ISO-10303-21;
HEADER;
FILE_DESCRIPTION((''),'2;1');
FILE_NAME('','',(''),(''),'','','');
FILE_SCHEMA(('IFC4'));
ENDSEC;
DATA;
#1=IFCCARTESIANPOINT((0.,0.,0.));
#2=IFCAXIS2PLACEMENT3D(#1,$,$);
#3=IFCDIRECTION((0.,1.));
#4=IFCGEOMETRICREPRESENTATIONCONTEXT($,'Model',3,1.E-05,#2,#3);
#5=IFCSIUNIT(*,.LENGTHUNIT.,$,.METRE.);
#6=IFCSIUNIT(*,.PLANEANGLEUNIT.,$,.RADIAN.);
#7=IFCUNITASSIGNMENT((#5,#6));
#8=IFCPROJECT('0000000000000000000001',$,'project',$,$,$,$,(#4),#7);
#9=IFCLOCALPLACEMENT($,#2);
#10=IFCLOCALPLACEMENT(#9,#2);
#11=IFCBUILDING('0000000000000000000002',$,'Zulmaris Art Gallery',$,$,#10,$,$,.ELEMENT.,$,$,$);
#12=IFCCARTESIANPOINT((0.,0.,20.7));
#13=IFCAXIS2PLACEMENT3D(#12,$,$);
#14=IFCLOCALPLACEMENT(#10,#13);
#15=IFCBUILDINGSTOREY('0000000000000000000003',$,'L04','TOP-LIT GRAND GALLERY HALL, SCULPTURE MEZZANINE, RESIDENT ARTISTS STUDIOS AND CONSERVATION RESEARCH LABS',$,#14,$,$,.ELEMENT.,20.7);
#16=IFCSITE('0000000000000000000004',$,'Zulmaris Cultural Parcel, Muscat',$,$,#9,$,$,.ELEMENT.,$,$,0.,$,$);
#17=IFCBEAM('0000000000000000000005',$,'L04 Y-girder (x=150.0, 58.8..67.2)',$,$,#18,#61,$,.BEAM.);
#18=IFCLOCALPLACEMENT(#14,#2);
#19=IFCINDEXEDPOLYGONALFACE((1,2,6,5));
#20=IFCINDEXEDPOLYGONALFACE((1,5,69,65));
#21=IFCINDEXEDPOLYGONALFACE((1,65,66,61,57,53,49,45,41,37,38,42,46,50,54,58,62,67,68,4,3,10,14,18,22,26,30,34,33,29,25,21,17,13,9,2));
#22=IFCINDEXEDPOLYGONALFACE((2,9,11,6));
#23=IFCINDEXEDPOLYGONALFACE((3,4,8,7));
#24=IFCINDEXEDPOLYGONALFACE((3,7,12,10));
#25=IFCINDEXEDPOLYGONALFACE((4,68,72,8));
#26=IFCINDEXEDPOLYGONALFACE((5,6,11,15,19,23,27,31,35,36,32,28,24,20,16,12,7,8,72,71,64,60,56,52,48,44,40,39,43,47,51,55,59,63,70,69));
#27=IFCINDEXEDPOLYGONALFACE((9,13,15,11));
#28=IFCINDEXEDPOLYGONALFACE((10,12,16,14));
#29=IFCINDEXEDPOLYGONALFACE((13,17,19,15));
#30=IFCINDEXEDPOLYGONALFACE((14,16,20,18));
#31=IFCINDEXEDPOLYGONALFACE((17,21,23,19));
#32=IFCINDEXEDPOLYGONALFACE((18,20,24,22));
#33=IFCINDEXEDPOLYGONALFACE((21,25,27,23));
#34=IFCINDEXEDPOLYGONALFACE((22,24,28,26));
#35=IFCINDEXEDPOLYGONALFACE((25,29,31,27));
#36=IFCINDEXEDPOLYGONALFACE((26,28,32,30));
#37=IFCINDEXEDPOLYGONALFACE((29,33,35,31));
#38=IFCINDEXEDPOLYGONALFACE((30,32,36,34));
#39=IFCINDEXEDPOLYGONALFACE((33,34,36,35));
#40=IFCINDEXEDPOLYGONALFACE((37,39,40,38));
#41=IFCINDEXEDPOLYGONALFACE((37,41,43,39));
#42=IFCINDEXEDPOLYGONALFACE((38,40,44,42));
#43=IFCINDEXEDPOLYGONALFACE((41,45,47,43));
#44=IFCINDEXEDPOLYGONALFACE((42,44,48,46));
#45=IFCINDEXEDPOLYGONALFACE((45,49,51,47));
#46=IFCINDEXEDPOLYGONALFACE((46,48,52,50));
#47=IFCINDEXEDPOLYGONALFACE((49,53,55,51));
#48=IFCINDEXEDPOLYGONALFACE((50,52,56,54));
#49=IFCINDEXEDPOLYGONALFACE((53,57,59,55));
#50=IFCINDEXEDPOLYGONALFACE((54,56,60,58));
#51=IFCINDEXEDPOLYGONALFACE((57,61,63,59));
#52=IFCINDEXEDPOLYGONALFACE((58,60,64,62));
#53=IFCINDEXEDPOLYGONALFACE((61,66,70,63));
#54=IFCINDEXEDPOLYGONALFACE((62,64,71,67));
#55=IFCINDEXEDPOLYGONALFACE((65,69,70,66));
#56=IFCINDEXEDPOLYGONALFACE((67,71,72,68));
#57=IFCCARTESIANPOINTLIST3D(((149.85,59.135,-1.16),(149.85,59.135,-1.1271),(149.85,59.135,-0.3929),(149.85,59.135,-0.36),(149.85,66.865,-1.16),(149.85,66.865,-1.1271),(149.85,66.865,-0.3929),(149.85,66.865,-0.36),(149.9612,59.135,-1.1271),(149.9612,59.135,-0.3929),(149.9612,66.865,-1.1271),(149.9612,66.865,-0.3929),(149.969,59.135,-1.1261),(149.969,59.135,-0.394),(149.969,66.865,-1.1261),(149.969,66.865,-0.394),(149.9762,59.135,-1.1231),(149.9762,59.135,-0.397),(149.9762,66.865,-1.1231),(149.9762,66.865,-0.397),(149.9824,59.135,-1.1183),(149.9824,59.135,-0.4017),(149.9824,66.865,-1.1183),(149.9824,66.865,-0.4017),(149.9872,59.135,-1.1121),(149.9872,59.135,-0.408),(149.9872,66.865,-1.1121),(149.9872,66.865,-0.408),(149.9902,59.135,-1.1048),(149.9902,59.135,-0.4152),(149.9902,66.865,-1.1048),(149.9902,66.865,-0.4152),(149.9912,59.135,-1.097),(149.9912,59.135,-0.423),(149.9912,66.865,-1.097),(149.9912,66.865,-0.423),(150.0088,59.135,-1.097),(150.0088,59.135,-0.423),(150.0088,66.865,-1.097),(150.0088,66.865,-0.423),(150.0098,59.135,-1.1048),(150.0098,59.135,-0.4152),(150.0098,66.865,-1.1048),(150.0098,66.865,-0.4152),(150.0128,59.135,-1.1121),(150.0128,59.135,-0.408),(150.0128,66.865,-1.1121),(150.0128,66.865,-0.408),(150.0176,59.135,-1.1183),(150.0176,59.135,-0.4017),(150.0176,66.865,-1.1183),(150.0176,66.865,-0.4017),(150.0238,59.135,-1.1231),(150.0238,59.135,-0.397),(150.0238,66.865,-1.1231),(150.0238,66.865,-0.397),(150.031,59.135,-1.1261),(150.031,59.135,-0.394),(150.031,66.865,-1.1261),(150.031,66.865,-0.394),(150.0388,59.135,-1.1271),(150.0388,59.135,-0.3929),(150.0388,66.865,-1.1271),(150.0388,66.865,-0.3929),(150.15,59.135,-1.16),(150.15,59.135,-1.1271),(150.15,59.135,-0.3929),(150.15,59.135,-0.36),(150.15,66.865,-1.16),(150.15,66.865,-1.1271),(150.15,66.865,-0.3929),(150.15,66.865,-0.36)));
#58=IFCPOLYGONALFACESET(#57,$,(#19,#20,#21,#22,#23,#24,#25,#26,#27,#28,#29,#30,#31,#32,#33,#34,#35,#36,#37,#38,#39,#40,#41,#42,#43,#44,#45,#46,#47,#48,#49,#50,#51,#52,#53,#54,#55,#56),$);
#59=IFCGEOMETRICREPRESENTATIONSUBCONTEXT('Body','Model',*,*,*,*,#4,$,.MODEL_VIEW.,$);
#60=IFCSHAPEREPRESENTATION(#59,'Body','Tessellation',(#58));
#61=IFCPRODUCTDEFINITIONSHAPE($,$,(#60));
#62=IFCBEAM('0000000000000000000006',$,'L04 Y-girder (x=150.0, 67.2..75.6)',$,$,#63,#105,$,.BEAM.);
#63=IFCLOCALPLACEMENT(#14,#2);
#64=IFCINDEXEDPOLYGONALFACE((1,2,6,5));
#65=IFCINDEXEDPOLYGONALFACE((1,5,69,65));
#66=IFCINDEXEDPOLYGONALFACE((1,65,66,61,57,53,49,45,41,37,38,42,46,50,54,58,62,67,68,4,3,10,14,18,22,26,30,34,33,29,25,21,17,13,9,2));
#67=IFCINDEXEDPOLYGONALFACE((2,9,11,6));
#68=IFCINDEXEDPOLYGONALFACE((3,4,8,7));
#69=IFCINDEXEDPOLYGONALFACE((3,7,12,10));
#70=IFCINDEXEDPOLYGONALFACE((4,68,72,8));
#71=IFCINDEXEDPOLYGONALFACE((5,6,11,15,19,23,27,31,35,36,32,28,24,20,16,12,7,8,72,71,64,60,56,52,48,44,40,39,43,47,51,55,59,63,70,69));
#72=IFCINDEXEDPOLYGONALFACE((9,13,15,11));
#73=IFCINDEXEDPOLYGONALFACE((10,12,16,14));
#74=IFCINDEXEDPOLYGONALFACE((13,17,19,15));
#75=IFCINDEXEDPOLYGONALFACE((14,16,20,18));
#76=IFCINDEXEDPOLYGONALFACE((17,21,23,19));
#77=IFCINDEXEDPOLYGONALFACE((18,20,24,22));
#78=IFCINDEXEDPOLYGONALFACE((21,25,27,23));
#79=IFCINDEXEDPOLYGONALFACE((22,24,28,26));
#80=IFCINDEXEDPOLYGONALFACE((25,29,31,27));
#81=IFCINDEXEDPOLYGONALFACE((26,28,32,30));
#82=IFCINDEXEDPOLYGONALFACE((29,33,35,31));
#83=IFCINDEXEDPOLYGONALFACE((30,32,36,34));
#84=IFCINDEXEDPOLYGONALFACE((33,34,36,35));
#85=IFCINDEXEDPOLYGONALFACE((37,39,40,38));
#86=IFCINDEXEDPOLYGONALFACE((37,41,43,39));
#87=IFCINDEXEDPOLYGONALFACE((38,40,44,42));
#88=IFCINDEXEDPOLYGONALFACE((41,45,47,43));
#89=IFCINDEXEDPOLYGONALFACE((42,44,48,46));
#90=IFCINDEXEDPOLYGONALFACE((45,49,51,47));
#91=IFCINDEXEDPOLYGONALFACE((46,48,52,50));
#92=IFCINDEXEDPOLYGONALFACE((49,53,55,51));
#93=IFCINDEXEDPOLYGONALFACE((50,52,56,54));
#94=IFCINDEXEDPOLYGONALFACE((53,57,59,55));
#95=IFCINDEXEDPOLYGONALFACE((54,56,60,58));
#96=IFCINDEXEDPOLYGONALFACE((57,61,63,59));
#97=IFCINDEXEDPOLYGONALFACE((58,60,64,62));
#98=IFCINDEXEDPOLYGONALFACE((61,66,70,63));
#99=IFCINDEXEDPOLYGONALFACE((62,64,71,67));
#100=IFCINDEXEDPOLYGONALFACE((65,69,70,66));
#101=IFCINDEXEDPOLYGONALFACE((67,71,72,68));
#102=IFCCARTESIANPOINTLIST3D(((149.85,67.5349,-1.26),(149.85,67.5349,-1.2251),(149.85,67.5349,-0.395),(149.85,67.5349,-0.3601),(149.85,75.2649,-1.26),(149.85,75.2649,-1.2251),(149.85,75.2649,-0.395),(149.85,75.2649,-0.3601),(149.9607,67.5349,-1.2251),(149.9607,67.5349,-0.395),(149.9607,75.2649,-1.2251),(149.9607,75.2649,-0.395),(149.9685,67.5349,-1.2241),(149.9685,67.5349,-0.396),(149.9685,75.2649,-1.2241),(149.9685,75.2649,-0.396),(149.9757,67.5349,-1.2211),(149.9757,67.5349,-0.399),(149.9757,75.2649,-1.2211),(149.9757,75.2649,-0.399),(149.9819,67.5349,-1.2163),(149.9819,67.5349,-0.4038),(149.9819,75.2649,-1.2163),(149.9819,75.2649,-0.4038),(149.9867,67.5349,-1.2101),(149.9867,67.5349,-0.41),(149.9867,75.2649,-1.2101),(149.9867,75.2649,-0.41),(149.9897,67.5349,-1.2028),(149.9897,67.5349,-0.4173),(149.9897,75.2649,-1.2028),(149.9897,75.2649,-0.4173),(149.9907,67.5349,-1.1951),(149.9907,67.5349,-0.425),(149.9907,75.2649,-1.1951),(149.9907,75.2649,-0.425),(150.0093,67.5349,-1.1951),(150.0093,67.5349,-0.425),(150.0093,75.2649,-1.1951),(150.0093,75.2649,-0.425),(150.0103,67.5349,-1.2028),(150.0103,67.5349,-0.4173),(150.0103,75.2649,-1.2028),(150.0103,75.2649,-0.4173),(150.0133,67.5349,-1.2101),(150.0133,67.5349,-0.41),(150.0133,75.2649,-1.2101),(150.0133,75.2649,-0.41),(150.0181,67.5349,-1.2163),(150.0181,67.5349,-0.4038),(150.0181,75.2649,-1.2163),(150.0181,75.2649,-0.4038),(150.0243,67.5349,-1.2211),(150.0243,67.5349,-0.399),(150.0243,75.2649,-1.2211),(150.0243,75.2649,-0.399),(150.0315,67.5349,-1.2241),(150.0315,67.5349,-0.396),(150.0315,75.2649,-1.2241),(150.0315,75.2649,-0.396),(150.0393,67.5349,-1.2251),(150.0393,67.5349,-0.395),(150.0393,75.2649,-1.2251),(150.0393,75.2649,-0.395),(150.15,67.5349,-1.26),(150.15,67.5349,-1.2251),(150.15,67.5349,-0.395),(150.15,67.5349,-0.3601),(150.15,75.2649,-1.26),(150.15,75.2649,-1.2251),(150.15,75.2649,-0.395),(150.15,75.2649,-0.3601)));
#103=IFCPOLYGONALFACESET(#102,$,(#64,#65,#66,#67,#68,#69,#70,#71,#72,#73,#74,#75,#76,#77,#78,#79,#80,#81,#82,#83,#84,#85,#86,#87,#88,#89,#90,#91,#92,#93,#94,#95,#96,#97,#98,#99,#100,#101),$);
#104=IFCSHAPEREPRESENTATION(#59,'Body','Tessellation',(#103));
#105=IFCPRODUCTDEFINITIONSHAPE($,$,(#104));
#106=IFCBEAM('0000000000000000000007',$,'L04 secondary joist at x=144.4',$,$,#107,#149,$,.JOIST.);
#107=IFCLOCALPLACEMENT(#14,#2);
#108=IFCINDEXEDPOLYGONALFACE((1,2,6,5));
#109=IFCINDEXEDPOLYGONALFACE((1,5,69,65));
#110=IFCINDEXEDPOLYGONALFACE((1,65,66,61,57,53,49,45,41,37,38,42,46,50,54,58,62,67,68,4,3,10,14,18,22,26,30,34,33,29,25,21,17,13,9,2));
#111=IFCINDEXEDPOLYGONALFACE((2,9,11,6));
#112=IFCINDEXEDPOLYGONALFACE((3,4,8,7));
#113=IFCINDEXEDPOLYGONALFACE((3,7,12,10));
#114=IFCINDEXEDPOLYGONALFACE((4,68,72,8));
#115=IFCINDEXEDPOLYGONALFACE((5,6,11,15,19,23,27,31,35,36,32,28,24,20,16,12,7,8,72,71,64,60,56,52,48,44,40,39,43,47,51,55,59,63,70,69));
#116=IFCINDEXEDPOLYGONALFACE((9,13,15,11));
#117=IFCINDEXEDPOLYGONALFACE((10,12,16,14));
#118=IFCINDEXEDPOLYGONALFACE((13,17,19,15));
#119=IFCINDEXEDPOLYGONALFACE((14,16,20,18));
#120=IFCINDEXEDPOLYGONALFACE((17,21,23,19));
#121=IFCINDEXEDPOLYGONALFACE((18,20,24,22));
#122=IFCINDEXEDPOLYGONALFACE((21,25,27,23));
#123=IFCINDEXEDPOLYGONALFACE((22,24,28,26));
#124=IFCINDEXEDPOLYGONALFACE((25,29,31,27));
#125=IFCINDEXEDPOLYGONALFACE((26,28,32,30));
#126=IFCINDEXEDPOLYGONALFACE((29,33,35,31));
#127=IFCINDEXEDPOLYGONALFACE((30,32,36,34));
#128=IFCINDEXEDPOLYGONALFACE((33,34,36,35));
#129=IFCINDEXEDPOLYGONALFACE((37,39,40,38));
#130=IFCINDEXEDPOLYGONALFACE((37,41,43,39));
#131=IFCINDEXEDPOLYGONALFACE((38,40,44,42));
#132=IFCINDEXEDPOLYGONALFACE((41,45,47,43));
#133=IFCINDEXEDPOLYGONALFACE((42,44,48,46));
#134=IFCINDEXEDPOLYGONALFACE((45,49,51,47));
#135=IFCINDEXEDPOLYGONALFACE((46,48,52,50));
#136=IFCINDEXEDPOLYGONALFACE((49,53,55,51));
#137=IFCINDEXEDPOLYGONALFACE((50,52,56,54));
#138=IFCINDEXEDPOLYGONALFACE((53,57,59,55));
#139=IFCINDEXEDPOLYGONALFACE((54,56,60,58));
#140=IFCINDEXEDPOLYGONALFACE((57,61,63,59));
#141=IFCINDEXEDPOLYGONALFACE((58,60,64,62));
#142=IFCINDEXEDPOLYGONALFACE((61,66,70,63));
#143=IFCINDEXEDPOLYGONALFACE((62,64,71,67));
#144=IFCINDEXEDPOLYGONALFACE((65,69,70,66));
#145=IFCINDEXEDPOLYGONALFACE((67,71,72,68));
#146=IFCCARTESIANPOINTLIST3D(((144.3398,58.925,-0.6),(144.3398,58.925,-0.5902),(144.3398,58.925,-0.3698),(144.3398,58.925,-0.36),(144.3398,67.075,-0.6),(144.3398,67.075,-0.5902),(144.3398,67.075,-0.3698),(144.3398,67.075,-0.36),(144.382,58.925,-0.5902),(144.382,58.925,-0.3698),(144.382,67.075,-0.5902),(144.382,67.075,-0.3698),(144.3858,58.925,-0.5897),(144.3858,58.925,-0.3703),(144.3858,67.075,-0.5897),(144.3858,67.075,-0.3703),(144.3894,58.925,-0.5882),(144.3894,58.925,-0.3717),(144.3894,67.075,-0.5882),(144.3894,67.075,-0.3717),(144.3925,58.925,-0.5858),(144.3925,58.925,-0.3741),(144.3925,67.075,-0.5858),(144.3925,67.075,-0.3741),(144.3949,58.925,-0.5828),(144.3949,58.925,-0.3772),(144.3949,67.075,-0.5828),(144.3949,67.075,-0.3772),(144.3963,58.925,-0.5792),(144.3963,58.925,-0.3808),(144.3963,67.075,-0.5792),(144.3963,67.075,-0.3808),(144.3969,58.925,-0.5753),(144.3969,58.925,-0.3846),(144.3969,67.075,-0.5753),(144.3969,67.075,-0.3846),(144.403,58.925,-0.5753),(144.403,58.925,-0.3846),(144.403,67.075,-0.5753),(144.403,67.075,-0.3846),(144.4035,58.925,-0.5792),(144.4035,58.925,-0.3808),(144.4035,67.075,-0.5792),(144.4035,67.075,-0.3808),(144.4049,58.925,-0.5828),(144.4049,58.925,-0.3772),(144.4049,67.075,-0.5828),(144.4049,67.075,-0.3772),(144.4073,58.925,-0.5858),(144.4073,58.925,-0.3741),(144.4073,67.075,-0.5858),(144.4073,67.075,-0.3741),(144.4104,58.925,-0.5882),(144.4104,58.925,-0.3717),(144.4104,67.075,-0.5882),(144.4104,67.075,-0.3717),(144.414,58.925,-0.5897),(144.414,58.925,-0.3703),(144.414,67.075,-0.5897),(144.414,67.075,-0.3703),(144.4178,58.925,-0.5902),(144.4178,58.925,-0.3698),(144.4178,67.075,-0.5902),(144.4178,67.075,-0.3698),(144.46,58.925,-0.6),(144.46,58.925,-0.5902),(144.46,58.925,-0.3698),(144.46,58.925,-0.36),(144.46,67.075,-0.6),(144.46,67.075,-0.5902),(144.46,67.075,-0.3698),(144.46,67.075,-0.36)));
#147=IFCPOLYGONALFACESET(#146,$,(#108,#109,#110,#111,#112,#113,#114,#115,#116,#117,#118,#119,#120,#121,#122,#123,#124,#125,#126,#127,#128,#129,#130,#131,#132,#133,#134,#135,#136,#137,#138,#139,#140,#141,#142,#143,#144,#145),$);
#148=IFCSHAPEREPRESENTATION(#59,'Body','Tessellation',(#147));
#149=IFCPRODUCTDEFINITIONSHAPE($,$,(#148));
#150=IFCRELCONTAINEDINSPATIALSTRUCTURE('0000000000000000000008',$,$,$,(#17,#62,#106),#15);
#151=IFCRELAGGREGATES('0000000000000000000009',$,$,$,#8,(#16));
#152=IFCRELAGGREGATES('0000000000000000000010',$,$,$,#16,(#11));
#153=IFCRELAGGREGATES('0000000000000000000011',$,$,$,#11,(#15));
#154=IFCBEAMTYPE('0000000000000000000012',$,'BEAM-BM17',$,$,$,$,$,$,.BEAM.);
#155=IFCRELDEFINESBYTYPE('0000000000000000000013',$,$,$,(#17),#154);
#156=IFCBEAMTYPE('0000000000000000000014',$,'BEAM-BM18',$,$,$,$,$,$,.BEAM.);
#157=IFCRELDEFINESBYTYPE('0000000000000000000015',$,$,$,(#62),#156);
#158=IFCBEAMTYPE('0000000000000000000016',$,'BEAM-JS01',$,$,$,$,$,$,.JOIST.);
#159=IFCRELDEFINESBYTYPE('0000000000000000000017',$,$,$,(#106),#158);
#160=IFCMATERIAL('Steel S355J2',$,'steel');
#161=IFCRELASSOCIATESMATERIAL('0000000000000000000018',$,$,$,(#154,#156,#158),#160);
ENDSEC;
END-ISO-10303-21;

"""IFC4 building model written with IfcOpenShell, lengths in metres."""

from ifc_helpers import new_model, si_unit, direction, frame, origin, origin_2d, place, context, subcontext, project, spatial, i_section, extrude, material, material_profile, profile_set, type_object, element, save


model = new_model("IFC4")

# Units and contexts
model_context = context("Model", 3, precision=1e-05, world=origin(), true_north=direction((0.0, 1.0)))
body_context = subcontext(model_context, "Body", "Model", "MODEL_VIEW")
ifc_project = project(units=[si_unit("LENGTHUNIT", "METRE"), si_unit("PLANEANGLEUNIT", "RADIAN")], contexts=[model_context])

# Site, building, storey
site_placement = place(None, origin())
site = spatial("IfcSite", under=ifc_project, at=site_placement, Name="Zulmaris Cultural Parcel, Muscat", CompositionType="ELEMENT", RefElevation=0.0)
building_placement = place(site_placement, origin())
building = spatial("IfcBuilding", under=site, at=building_placement, Name="Zulmaris Art Gallery", CompositionType="ELEMENT")
storey_placement = place(building_placement, frame((0.0, 0.0, 20.7)))
storey = spatial("IfcBuildingStorey", under=building, at=storey_placement, Name="L04", Description="TOP-LIT GRAND GALLERY HALL, SCULPTURE MEZZANINE, RESIDENT ARTISTS STUDIOS AND CONSERVATION RESEARCH LABS", CompositionType="ELEMENT", Elevation=20.7)

# Beams
ifc_material_1 = material(Name="Steel S355J2", Category="steel")
ifc_material_profile_1 = material_profile(ifc_material_1, i_section(OverallWidth=0.3, OverallDepth=0.8, WebThickness=0.0176, FlangeThickness=0.033, FilletRadius=0.03, at=origin_2d()), Name="HEB 800")
ifc_profile_set_1 = profile_set([ifc_material_profile_1], Name="Steel S355J2")
beam_type_1 = type_object("IfcBeamType", Name="BEAM-BM17", PredefinedType="BEAM", material=ifc_profile_set_1)
for number, where, z_axis, x_axis, name in (
    (1, (150.0, 59.135, -0.76), (0.0, 1.0, 0.0), (-1.0, 0.0, 0.0), "L04 Y-girder (x=150.0, 58.8..67.2)"),
):
    element("IfcBeam", number, at=place(storey_placement, frame(where, z_axis=z_axis, x_axis=x_axis)), inside=storey, type_object=beam_type_1, Name=name, PredefinedType="BEAM", context=body_context, shape_type="SweptSolid", body=[
        extrude(i_section(OverallWidth=0.3, OverallDepth=0.8, WebThickness=0.0176, FlangeThickness=0.033, FilletRadius=0.03, at=origin_2d()), origin(), (0.0, 0.0, 1.0), 7.73),
    ])
ifc_material_profile_2 = material_profile(ifc_material_1, i_section(OverallWidth=0.3, OverallDepth=0.8999, WebThickness=0.0186, FlangeThickness=0.0349, FilletRadius=0.03, at=origin_2d()), Name="HEB 900")
ifc_profile_set_2 = profile_set([ifc_material_profile_2], Name="Steel S355J2")
beam_type_2 = type_object("IfcBeamType", Name="BEAM-BM18", PredefinedType="BEAM", material=ifc_profile_set_2)
beam_1_placement = place(storey_placement, frame((150.0, 67.5349, -0.8101), z_axis=(0.0, 1.0, 0.0), x_axis=(-1.0, 0.0, 0.0)))
element("IfcBeam", 2, at=beam_1_placement, inside=storey, type_object=beam_type_2, Name="L04 Y-girder (x=150.0, 67.2..75.6)", PredefinedType="BEAM", context=body_context, shape_type="SweptSolid", body=[
    extrude(i_section(OverallWidth=0.3, OverallDepth=0.8999, WebThickness=0.0186, FlangeThickness=0.0349, FilletRadius=0.03, at=origin_2d()), origin(), (0.0, 0.0, 1.0), 7.73),
])
ifc_material_profile_3 = material_profile(ifc_material_1, i_section(OverallWidth=0.1201, OverallDepth=0.24, WebThickness=0.0061, FlangeThickness=0.0098, FilletRadius=0.0149, at=origin_2d()), Name="IPE 240")
ifc_profile_set_3 = profile_set([ifc_material_profile_3], Name="Steel S355J2")
beam_type_3 = type_object("IfcBeamType", Name="BEAM-JS01", PredefinedType="JOIST", material=ifc_profile_set_3)
beam_2_placement = place(storey_placement, frame((144.3999, 58.925, -0.48), z_axis=(0.0, 1.0, 0.0), x_axis=(-1.0, 0.0, 0.0)))
element("IfcBeam", 3, at=beam_2_placement, inside=storey, type_object=beam_type_3, Name="L04 secondary joist at x=144.4", PredefinedType="JOIST", context=body_context, shape_type="SweptSolid", body=[
    extrude(i_section(OverallWidth=0.1201, OverallDepth=0.24, WebThickness=0.0061, FlangeThickness=0.0098, FilletRadius=0.0149, at=origin_2d()), origin(), (0.0, 0.0, 1.0), 8.1499),
])

save(model, "model.ifc")
